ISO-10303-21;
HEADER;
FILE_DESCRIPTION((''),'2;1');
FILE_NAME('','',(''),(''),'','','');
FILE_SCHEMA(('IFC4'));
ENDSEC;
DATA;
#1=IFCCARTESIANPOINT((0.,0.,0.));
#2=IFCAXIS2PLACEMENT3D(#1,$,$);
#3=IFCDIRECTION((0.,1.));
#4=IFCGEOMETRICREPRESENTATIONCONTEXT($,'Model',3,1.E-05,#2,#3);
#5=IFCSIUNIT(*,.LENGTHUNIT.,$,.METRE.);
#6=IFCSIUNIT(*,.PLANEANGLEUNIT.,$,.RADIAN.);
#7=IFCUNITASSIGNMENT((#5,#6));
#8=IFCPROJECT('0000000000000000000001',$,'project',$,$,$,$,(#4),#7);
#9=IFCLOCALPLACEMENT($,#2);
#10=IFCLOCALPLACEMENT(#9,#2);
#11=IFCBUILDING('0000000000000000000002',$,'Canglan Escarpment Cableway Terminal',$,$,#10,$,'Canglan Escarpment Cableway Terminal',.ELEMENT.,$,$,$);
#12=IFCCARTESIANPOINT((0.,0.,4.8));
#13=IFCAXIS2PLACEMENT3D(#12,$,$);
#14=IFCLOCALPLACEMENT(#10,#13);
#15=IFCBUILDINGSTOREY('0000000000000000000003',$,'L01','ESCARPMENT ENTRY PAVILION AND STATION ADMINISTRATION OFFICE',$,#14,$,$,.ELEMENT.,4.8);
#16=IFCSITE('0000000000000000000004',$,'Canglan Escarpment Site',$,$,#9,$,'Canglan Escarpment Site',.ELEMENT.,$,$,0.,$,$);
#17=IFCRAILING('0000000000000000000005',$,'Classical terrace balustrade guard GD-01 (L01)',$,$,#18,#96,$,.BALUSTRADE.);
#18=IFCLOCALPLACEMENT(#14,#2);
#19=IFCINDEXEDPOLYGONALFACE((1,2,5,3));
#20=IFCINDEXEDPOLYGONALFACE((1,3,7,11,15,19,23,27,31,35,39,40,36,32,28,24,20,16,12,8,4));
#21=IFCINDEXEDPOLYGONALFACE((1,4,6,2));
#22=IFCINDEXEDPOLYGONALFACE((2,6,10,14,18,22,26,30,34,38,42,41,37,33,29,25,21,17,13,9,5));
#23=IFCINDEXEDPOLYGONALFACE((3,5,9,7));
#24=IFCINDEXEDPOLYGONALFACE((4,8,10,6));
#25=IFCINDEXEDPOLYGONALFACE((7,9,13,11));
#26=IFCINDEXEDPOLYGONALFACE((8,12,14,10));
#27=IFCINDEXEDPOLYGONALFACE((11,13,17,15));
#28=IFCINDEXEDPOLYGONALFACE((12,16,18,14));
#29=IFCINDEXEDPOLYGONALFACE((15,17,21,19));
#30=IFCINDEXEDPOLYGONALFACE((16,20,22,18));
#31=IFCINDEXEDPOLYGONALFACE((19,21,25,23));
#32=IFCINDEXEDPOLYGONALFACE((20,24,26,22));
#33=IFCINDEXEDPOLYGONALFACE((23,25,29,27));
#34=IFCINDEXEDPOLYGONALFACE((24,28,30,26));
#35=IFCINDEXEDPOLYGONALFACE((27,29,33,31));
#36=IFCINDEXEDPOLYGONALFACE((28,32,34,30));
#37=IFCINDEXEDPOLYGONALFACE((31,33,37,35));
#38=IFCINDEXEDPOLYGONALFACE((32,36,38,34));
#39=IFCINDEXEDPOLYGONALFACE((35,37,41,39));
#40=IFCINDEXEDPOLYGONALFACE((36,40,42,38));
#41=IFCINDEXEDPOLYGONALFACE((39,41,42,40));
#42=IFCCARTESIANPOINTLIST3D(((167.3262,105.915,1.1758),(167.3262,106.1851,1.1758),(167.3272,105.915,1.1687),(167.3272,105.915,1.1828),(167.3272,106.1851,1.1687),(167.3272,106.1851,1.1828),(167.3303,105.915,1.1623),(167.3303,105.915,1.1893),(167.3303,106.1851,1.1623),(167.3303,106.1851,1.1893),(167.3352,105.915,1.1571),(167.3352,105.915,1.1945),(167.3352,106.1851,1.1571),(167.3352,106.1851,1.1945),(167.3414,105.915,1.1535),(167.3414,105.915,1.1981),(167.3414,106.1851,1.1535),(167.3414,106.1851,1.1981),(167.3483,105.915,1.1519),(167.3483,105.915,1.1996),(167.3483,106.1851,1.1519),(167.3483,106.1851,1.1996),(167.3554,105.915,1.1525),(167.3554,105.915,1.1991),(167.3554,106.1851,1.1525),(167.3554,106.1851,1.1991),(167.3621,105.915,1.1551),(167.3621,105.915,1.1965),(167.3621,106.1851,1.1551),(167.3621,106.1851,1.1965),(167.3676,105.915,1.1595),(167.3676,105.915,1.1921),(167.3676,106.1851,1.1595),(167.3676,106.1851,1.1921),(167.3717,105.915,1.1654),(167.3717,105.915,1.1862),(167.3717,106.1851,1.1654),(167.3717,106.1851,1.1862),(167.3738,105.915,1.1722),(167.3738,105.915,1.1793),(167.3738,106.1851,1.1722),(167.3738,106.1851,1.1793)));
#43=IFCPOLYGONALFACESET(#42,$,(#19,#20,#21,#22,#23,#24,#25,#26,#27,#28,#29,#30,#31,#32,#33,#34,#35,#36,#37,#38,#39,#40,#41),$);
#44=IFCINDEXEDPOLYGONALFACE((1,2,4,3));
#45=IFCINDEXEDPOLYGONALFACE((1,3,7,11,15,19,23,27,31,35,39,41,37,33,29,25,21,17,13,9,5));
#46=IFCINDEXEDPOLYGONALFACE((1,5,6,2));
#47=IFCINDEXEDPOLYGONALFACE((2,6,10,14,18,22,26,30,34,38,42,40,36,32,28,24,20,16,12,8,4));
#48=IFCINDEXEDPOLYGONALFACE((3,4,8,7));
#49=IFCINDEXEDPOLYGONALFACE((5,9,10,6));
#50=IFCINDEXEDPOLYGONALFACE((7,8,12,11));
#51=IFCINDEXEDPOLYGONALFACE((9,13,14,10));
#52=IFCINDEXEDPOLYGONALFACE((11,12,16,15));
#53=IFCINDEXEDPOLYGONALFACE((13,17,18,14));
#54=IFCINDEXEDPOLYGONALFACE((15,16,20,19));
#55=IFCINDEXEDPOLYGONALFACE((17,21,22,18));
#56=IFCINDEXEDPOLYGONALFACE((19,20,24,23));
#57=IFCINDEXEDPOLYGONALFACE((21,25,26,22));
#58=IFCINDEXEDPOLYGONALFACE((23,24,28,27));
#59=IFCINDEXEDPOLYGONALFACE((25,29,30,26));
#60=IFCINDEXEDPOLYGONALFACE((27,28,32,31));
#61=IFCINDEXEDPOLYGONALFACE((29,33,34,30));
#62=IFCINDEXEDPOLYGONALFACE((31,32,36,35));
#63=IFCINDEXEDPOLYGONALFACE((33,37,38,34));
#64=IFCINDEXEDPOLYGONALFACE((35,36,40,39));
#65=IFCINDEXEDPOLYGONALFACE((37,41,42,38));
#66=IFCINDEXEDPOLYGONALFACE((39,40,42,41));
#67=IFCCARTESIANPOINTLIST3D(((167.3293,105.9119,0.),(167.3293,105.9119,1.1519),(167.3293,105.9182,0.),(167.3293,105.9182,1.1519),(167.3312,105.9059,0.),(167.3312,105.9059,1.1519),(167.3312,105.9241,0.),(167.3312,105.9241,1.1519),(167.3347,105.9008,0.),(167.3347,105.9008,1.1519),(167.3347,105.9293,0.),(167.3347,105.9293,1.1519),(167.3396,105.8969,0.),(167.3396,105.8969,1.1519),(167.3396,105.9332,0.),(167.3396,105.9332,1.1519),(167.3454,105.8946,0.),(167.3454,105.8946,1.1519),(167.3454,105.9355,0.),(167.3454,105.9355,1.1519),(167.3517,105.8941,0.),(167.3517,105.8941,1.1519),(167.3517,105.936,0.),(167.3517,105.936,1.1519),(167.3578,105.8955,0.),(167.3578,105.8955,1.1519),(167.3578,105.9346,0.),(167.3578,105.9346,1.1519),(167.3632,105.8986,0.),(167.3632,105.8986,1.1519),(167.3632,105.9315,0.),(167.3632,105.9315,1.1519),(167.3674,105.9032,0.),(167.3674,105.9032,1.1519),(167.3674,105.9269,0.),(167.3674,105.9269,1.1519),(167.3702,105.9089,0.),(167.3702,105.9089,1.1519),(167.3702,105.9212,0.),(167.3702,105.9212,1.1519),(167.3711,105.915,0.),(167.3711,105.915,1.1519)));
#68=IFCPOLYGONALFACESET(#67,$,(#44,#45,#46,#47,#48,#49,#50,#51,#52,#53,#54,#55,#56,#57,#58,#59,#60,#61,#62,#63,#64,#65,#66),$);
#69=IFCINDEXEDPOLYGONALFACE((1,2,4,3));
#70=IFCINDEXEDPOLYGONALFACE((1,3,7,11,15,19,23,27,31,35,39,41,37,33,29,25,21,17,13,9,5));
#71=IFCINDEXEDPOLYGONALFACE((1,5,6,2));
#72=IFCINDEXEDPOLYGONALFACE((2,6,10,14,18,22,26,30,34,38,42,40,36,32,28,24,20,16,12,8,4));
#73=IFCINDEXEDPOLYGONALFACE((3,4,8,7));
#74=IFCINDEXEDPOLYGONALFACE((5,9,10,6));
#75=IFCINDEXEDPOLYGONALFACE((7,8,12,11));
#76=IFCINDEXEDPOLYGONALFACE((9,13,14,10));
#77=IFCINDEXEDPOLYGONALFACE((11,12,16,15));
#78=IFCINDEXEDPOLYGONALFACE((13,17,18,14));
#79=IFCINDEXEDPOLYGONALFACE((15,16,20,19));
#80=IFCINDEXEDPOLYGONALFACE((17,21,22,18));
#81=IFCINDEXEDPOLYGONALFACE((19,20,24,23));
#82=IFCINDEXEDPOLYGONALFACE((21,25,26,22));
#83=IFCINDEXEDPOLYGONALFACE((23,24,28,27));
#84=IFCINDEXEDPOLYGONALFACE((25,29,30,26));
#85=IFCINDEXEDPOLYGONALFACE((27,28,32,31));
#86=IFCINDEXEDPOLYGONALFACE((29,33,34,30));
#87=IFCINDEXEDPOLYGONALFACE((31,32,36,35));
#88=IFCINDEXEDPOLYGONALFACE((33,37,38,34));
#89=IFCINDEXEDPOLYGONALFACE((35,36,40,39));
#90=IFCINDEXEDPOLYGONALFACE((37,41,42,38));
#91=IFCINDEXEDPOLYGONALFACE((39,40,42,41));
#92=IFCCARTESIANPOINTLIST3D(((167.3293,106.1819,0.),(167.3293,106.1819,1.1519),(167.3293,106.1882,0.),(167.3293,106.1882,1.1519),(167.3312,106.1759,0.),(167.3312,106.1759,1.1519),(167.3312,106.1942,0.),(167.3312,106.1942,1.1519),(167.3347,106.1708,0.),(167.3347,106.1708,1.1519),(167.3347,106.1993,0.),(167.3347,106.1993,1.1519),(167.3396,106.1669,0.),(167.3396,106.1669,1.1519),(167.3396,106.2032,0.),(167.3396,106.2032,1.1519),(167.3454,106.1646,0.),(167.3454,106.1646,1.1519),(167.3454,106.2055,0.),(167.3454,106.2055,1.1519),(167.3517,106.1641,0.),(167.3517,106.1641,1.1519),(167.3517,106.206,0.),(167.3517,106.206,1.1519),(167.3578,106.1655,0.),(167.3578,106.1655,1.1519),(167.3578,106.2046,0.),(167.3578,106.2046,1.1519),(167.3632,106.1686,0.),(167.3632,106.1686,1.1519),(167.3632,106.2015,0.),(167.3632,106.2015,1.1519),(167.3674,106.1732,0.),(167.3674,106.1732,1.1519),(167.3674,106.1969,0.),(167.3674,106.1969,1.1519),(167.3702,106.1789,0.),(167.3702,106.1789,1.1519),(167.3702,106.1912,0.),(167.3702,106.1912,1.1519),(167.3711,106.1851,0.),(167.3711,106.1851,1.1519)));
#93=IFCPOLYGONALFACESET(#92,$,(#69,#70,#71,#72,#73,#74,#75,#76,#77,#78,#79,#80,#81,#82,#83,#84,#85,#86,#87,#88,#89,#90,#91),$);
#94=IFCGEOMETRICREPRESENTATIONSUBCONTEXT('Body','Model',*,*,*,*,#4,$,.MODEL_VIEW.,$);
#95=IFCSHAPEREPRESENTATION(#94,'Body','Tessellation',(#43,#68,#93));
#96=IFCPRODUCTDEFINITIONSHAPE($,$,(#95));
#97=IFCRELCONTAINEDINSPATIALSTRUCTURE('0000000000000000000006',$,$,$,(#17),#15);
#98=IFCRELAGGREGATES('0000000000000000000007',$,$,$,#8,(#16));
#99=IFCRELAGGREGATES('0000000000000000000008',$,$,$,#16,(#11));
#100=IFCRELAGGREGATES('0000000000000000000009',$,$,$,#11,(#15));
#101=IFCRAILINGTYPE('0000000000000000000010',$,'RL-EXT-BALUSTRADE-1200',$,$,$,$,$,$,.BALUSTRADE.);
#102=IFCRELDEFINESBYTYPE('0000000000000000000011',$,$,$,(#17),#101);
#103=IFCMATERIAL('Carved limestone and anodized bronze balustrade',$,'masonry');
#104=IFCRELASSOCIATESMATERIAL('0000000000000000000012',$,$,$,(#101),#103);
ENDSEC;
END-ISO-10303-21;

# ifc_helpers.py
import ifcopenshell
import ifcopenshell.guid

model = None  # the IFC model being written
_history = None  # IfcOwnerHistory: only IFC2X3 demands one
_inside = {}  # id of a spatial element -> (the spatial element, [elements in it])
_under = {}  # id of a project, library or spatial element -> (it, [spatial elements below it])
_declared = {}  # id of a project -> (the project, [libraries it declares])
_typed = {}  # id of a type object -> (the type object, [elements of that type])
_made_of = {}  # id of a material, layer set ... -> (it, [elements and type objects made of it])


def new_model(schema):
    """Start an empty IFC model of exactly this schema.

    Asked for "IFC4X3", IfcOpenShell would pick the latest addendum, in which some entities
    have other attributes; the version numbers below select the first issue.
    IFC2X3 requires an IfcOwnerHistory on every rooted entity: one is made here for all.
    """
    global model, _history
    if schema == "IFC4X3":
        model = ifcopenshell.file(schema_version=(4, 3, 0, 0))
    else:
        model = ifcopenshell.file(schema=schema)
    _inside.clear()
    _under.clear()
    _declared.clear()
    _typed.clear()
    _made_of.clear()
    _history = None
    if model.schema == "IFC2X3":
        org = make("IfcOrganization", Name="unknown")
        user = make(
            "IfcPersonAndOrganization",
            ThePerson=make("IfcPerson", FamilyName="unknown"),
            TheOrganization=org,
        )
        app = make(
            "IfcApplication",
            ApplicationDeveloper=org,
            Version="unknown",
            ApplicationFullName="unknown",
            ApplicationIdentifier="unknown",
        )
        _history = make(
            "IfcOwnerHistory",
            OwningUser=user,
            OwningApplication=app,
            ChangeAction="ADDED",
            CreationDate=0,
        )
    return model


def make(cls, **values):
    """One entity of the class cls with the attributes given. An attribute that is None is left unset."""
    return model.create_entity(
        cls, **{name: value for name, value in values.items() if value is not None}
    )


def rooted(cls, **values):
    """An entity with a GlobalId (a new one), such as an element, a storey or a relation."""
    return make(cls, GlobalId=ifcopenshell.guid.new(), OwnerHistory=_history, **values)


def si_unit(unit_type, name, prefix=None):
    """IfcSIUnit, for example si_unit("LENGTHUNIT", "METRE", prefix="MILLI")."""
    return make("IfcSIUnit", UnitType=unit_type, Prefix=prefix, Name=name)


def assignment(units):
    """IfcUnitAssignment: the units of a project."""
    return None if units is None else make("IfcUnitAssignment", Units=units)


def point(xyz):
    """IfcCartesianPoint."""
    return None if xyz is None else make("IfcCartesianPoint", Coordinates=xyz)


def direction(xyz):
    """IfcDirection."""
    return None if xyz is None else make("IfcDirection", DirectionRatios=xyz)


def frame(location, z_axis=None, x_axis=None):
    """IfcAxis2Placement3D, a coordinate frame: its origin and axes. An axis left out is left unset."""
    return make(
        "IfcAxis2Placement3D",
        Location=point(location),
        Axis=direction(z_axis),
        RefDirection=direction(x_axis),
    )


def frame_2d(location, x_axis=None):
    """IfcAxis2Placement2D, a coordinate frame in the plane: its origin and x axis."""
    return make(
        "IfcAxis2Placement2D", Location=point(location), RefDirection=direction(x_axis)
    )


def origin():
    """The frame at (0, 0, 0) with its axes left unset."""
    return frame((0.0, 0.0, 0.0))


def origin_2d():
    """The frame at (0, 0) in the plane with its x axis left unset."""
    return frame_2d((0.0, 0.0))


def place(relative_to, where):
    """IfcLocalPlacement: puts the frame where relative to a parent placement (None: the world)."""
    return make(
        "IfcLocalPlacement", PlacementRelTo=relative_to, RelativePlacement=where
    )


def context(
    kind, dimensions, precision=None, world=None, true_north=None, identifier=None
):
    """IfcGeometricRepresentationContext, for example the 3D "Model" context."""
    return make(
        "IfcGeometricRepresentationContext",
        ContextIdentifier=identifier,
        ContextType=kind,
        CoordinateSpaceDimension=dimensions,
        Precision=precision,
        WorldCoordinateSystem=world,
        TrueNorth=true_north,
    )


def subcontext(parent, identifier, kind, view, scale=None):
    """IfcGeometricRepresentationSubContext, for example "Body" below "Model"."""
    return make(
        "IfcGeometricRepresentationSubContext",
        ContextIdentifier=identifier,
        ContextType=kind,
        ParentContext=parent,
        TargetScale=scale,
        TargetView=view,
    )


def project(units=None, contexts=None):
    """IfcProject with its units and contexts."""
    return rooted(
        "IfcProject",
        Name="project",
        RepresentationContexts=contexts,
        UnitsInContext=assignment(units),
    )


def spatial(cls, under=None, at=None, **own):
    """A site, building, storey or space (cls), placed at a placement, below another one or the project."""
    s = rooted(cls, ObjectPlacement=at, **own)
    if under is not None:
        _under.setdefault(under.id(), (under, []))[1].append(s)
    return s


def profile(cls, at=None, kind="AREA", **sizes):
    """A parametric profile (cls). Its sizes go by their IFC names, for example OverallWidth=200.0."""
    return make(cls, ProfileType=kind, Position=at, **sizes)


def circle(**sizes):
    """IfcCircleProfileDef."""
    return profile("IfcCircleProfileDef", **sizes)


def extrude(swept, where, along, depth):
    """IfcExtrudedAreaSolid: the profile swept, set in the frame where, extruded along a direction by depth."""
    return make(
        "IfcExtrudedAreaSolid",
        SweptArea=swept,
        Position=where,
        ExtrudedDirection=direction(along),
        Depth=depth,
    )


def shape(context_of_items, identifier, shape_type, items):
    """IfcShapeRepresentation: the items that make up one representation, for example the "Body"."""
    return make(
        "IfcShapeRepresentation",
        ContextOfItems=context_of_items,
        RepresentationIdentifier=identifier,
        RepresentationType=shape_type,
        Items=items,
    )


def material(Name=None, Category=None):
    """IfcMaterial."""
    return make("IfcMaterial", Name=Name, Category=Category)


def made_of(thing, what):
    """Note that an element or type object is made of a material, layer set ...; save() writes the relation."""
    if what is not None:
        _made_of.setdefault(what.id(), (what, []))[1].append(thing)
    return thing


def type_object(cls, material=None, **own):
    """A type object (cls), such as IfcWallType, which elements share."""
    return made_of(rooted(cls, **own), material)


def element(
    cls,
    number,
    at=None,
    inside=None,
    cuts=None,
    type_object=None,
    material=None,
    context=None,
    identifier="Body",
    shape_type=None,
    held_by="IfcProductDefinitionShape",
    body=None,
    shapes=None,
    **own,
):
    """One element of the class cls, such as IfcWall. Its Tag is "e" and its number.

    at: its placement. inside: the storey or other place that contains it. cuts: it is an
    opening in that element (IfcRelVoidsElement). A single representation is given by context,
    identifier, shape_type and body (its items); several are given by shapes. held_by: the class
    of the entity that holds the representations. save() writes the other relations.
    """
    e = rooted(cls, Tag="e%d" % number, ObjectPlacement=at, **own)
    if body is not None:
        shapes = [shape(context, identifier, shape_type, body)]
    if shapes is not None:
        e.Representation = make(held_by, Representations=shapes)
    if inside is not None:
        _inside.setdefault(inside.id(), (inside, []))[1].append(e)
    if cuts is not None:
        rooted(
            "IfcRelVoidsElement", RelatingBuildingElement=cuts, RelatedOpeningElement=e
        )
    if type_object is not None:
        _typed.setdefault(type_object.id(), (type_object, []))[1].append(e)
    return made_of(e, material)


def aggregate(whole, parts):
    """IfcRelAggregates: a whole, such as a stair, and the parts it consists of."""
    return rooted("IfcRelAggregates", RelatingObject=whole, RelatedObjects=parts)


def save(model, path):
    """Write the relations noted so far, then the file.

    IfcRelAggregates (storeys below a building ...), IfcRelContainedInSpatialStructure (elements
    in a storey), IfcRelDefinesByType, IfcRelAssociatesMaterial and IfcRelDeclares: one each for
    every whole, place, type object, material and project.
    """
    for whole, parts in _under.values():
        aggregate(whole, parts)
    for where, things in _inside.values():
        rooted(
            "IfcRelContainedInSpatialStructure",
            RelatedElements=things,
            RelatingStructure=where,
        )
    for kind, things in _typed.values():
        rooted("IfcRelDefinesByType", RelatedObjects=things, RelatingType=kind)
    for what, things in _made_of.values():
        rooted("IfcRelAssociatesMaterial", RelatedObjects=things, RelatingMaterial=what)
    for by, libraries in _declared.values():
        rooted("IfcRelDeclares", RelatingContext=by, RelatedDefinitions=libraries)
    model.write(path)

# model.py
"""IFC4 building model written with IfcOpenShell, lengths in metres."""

from ifc_helpers import new_model, si_unit, direction, frame, origin, origin_2d, place, context, subcontext, project, spatial, circle, extrude, material, type_object, element, save


model = new_model("IFC4")

# Units and contexts
model_context = context("Model", 3, precision=1e-05, world=origin(), true_north=direction((0.0, 1.0)))
body_context = subcontext(model_context, "Body", "Model", "MODEL_VIEW")
ifc_project = project(units=[si_unit("LENGTHUNIT", "METRE"), si_unit("PLANEANGLEUNIT", "RADIAN")], contexts=[model_context])

# Site, building, storey
site_placement = place(None, origin())
site = spatial("IfcSite", under=ifc_project, at=site_placement, Name="Canglan Escarpment Site", LongName="Canglan Escarpment Site", CompositionType="ELEMENT", RefElevation=0.0)
building_placement = place(site_placement, origin())
building = spatial("IfcBuilding", under=site, at=building_placement, Name="Canglan Escarpment Cableway Terminal", LongName="Canglan Escarpment Cableway Terminal", CompositionType="ELEMENT")
storey_placement = place(building_placement, frame((0.0, 0.0, 4.8)))
storey = spatial("IfcBuildingStorey", under=building, at=storey_placement, Name="L01", Description="ESCARPMENT ENTRY PAVILION AND STATION ADMINISTRATION OFFICE", CompositionType="ELEMENT", Elevation=4.8)

# Railing
ifc_material_1 = material(Name="Carved limestone and anodized bronze balustrade", Category="masonry")
railing_type = type_object("IfcRailingType", Name="RL-EXT-BALUSTRADE-1200", PredefinedType="BALUSTRADE", material=ifc_material_1)
railing_placement = place(storey_placement, frame((167.3501, 105.915, 0.0)))
element("IfcRailing", 1, at=railing_placement, inside=storey, type_object=railing_type, Name="Classical terrace balustrade guard GD-01 (L01)", PredefinedType="BALUSTRADE", context=body_context, shape_type="SweptSolid", body=[
    extrude(circle(Radius=0.0239, at=origin_2d()), frame((0.0, 0.0, 1.1758), z_axis=(0.0, 1.0, 0.0), x_axis=(-1.0, 0.0, 0.0)), (0.0, 0.0, 1.0), 0.27),
    extrude(circle(Radius=0.021, at=origin_2d()), origin(), (0.0, 0.0, 1.0), 1.1519),
    extrude(circle(Radius=0.021, at=origin_2d()), frame((0.0, 0.27, 0.0)), (0.0, 0.0, 1.0), 1.1519),
])

save(model, "model.ifc")
